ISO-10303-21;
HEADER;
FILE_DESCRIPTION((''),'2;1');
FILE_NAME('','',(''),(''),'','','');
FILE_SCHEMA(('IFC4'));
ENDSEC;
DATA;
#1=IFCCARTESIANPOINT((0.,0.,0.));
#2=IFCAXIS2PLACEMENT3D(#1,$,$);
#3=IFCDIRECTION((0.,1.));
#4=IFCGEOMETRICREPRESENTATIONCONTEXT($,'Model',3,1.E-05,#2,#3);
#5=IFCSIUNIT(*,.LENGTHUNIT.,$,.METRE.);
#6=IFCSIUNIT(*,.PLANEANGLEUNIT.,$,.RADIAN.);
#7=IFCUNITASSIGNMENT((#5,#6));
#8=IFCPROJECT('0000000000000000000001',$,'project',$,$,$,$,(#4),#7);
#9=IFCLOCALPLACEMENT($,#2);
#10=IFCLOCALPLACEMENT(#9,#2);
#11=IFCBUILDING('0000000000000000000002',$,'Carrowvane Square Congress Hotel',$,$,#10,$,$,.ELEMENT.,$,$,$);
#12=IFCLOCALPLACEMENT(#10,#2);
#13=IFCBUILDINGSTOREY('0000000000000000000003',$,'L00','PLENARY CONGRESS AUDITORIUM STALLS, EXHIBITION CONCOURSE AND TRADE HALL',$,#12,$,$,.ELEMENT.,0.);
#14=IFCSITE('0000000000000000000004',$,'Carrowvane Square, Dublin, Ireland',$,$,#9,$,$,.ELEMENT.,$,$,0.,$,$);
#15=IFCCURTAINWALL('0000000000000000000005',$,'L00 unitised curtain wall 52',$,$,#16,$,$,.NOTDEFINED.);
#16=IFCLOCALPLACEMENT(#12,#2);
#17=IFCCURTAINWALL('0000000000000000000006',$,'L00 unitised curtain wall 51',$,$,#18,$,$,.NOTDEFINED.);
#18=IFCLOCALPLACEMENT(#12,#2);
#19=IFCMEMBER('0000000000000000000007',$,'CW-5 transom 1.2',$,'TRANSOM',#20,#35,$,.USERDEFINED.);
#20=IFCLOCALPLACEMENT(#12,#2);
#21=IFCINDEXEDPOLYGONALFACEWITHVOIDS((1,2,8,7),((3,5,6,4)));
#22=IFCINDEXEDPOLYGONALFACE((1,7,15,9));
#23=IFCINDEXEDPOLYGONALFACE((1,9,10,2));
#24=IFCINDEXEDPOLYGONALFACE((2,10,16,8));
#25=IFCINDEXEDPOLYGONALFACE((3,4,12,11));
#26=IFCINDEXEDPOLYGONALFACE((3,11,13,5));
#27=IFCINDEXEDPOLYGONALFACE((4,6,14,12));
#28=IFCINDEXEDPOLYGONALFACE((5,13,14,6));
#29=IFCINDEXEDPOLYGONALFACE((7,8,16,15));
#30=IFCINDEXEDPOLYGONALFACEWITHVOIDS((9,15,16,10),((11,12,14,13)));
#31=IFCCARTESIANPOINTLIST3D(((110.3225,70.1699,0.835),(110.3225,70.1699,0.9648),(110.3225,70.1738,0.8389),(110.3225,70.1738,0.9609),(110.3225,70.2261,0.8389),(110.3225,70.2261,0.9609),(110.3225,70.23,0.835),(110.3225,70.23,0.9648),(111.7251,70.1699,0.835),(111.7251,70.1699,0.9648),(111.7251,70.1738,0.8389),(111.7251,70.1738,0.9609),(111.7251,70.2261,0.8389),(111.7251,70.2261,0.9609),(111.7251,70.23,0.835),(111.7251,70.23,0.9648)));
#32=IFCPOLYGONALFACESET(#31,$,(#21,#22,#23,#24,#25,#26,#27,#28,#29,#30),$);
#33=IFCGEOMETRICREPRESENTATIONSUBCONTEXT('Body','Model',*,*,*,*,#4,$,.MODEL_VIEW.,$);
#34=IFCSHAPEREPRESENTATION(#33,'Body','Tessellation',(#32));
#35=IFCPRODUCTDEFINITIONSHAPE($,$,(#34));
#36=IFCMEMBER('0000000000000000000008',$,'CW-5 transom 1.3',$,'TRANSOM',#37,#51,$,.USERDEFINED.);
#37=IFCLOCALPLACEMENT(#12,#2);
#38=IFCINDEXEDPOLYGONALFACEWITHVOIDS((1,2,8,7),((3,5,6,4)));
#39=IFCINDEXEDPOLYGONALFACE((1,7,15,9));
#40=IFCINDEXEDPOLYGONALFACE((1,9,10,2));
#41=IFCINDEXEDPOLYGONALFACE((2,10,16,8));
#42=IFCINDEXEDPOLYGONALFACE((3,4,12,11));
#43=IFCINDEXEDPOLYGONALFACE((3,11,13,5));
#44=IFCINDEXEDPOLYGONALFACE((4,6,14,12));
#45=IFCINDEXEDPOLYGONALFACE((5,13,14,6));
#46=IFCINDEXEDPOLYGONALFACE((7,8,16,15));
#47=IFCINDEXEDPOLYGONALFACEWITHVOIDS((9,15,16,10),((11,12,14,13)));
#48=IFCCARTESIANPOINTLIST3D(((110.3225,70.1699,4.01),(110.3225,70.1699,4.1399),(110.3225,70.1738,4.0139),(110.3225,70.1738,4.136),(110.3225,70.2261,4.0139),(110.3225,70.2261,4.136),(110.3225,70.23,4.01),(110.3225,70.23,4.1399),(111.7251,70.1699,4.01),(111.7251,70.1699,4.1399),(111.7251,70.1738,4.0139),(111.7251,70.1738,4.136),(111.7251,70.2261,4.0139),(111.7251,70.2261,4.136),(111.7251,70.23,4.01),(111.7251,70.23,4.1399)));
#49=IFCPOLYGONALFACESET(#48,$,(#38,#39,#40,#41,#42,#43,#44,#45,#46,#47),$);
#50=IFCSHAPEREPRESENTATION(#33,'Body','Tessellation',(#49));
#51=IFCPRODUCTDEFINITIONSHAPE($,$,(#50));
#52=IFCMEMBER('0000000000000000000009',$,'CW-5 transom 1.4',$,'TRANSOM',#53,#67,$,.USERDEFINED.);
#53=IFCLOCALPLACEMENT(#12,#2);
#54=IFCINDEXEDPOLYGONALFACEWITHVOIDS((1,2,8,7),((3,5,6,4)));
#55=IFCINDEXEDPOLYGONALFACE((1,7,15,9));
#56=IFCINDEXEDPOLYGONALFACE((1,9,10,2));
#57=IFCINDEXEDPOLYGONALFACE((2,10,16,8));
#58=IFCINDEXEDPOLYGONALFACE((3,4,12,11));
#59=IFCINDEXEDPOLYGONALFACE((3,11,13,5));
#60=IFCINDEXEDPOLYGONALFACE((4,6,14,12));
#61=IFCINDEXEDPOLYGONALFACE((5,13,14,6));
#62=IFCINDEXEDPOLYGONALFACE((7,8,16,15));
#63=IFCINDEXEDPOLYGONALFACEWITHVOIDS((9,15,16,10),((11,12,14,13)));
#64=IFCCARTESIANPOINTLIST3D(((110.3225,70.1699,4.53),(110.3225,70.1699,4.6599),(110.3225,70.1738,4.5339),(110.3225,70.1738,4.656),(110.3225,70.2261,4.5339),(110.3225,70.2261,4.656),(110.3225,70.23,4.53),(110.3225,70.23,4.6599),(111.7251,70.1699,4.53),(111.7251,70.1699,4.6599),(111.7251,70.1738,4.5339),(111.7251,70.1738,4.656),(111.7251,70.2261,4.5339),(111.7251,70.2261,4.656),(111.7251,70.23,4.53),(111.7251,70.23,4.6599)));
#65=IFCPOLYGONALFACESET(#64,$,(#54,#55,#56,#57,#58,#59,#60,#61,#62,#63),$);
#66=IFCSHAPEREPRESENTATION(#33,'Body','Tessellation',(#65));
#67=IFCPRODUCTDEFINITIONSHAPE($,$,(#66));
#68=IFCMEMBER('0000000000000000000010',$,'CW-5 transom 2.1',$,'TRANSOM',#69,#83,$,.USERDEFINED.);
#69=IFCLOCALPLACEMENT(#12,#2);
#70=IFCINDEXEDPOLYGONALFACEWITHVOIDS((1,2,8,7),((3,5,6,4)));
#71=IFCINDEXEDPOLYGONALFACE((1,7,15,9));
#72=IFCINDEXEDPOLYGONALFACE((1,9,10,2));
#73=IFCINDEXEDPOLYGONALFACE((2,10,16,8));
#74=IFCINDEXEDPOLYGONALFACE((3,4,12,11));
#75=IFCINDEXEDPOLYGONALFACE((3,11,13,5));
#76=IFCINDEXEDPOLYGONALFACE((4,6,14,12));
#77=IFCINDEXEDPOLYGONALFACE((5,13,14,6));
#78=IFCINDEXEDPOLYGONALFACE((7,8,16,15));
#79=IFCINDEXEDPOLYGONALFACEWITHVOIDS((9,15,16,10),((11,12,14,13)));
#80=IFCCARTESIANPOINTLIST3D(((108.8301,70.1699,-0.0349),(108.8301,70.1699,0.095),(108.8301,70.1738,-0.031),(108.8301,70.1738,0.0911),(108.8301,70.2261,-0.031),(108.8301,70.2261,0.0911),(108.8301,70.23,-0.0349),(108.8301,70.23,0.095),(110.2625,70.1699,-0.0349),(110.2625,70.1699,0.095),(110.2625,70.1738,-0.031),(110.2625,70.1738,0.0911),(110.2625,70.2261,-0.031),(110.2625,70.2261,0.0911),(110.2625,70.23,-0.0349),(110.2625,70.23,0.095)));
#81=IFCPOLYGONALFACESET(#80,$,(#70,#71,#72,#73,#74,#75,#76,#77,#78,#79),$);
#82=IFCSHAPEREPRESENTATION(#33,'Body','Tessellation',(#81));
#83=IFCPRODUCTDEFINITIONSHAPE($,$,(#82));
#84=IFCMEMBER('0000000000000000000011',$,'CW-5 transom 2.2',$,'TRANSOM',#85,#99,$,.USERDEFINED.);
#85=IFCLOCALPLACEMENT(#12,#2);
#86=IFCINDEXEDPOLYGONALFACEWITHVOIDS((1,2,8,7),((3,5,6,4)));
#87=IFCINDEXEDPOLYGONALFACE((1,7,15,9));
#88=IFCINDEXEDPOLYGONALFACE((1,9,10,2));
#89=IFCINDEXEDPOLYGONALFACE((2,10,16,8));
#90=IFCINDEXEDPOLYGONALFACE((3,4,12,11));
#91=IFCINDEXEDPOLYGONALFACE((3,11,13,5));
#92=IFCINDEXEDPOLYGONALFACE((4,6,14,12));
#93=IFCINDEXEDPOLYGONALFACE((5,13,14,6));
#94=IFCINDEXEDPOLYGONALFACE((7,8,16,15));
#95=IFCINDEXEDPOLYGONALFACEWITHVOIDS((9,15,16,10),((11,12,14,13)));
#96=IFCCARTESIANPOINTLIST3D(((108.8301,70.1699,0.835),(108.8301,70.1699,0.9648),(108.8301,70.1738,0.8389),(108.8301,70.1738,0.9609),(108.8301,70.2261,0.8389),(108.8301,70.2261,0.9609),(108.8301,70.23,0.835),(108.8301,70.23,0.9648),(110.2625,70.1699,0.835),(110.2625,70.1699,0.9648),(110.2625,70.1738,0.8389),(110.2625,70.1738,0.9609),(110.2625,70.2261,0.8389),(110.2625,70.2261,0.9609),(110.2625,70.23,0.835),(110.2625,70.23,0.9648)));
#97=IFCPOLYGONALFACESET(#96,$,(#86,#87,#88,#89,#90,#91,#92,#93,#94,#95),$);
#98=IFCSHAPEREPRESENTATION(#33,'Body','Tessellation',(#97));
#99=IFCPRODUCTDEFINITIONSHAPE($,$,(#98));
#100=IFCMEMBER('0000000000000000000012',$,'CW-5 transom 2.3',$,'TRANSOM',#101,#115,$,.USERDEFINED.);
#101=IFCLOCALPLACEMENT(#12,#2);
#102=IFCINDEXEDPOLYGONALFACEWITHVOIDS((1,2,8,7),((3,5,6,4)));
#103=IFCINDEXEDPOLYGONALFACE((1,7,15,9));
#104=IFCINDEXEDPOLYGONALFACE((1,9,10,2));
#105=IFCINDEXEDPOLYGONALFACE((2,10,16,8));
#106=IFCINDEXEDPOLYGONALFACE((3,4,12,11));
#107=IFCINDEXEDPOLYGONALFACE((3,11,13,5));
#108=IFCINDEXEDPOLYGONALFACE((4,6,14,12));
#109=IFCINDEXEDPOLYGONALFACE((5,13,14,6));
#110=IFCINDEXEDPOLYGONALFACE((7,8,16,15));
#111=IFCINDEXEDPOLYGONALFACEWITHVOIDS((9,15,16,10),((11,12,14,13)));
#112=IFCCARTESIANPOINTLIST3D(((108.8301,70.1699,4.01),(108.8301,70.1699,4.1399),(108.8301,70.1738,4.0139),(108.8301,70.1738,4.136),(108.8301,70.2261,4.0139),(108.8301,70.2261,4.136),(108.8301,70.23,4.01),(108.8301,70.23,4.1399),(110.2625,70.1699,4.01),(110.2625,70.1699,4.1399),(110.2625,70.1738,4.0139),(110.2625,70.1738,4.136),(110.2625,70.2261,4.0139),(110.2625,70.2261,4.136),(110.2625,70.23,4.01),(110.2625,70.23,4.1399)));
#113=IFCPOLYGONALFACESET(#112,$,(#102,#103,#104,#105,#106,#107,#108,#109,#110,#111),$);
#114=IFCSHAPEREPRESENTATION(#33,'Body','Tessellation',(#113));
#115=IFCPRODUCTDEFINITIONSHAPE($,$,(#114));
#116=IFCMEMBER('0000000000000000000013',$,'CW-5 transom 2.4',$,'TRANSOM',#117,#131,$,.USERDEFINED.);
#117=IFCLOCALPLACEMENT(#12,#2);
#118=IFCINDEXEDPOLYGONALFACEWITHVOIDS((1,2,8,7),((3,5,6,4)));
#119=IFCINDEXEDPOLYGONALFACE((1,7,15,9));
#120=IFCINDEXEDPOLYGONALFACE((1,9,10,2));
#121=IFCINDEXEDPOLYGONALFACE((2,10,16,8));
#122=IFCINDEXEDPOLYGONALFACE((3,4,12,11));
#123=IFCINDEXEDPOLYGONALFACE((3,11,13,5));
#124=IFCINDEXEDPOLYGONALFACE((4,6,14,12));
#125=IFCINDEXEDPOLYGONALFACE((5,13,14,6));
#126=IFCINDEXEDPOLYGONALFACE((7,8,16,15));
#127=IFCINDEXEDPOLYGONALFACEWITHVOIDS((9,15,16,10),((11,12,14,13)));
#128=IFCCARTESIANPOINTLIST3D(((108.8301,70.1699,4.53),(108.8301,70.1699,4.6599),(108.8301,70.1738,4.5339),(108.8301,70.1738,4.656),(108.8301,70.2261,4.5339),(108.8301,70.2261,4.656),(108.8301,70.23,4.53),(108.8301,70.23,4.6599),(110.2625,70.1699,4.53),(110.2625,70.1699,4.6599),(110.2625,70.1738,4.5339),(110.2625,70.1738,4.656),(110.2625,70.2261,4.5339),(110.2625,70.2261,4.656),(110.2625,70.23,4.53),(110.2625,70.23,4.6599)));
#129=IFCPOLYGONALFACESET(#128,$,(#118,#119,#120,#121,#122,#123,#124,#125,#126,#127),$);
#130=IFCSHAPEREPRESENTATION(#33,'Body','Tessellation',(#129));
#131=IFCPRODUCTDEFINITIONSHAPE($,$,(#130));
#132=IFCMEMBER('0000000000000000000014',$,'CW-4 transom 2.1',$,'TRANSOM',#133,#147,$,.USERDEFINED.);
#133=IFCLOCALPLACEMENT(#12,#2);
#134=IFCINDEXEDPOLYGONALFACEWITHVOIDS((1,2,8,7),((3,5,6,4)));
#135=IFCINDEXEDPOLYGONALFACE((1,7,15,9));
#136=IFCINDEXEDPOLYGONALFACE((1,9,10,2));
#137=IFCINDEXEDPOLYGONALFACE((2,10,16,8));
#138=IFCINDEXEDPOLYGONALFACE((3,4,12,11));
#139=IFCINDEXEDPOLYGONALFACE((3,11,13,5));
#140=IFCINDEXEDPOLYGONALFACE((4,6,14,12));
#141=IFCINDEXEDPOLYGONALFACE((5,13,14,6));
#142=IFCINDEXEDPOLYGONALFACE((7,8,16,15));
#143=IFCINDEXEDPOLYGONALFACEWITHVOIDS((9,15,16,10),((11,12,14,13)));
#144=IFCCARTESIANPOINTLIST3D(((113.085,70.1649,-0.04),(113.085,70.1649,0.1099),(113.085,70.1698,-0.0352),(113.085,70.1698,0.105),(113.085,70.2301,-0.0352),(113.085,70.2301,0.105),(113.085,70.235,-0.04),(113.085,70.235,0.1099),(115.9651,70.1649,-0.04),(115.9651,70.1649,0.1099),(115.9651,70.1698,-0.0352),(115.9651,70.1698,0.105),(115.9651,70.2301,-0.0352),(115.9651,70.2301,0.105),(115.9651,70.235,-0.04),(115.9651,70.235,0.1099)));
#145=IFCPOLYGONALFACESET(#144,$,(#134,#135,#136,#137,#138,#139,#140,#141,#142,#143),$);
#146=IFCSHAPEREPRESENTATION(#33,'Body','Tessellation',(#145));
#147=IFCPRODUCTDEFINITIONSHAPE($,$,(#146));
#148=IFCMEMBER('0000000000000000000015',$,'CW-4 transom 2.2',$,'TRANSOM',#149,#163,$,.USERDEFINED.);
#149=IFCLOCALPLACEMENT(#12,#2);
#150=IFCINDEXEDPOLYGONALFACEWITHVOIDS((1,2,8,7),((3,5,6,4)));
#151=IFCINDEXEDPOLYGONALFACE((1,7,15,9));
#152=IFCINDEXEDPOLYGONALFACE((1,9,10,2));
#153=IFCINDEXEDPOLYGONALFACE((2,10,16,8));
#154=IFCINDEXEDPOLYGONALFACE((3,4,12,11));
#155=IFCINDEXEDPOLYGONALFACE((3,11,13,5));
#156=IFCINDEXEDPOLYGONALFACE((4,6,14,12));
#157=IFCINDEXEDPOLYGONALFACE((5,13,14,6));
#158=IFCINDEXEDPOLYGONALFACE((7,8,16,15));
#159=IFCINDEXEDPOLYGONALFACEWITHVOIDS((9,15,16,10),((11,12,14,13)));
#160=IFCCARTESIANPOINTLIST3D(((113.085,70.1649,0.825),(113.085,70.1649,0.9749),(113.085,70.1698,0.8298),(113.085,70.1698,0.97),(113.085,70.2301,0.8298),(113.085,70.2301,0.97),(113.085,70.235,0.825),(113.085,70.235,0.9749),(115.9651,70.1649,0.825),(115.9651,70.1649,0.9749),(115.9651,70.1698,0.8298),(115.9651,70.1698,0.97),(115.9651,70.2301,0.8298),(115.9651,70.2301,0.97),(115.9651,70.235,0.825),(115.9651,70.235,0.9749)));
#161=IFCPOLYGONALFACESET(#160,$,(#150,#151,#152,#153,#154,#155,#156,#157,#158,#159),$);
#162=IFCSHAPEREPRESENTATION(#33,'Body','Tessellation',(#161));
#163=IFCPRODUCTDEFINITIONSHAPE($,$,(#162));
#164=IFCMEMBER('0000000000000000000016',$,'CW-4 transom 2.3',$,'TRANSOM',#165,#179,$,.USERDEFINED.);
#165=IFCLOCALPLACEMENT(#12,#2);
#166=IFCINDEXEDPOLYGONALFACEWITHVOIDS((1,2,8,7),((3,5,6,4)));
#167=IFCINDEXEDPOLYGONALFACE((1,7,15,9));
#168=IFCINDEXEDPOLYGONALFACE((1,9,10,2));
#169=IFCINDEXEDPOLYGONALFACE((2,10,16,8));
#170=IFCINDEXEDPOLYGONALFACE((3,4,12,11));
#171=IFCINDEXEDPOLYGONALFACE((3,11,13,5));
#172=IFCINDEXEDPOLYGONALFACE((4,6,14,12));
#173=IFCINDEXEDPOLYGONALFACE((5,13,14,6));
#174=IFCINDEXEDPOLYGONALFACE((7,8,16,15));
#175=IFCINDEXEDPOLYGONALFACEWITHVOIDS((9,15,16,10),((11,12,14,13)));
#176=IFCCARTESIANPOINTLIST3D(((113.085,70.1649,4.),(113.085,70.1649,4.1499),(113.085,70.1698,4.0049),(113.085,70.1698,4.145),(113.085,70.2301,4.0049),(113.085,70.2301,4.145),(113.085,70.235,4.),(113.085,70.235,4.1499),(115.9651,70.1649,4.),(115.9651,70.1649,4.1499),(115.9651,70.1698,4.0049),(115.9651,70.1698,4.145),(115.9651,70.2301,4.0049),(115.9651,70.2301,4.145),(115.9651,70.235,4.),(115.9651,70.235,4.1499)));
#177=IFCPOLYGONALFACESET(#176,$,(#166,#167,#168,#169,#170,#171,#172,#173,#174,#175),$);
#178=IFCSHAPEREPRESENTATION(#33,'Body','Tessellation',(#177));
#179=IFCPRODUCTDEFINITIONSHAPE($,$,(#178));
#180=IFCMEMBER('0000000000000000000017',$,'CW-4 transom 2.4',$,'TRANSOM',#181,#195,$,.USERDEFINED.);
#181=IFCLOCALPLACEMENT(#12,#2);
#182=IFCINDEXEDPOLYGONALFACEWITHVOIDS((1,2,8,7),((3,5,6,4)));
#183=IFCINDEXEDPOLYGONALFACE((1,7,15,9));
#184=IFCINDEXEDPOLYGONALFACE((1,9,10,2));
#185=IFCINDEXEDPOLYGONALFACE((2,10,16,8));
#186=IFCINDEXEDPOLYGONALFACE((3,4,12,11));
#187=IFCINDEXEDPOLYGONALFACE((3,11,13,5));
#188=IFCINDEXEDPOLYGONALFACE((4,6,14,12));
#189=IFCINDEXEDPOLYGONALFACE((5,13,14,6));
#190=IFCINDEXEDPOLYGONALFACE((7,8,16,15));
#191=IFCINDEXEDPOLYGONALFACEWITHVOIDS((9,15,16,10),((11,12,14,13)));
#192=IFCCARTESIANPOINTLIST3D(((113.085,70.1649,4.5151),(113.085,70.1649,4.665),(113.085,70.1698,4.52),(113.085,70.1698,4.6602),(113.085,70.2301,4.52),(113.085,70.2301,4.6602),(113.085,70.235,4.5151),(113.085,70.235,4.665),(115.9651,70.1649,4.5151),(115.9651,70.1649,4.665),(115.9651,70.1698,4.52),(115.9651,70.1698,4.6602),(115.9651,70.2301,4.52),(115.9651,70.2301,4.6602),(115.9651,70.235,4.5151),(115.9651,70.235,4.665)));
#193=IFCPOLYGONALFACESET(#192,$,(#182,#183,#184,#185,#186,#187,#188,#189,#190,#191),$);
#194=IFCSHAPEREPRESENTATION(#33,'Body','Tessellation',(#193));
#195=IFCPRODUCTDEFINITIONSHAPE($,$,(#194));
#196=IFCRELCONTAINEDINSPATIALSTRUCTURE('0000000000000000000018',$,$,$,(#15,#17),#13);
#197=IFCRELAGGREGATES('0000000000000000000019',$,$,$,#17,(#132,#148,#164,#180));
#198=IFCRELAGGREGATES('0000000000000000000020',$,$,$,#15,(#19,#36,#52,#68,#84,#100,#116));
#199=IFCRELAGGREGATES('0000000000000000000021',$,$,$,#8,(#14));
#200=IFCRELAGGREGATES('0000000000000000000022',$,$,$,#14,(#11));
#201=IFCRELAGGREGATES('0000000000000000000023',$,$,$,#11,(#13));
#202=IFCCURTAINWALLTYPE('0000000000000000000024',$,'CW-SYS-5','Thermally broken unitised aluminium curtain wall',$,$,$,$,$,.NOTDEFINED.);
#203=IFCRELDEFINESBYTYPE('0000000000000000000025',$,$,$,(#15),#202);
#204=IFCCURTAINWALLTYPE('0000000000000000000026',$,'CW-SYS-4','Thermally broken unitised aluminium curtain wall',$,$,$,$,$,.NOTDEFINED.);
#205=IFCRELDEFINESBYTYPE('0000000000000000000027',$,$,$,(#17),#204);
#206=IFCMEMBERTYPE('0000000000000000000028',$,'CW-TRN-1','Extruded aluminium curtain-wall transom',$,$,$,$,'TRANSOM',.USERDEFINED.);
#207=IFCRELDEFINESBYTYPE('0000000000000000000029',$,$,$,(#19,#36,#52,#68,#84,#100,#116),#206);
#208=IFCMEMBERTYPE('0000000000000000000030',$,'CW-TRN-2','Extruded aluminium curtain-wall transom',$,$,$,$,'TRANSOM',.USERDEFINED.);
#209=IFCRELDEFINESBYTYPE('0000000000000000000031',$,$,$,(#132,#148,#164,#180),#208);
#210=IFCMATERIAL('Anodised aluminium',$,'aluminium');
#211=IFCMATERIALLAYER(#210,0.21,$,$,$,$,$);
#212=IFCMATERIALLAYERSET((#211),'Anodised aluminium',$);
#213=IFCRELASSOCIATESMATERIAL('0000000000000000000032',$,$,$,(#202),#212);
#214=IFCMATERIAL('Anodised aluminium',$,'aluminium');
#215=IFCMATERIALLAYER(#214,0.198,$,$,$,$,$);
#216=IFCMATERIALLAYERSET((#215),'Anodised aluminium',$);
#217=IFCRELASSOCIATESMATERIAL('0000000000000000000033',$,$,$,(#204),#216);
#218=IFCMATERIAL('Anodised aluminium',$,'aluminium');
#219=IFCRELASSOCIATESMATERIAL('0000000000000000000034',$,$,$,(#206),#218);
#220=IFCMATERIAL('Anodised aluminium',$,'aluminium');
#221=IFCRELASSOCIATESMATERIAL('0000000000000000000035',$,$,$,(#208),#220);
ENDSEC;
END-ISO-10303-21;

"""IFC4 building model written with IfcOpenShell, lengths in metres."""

from ifc_helpers import new_model, si_unit, direction, frame, origin, origin_2d, place, context, subcontext, project, spatial, hollow_rectangle, extrude, material, layer, layer_set, material_profile, profile_set, type_object, element, aggregate, save


model = new_model("IFC4")

# Units and contexts
model_context = context("Model", 3, precision=1e-05, world=origin(), true_north=direction((0.0, 1.0)))
body_context = subcontext(model_context, "Body", "Model", "MODEL_VIEW")
ifc_project = project(units=[si_unit("LENGTHUNIT", "METRE"), si_unit("PLANEANGLEUNIT", "RADIAN")], contexts=[model_context])

# Site, building, storey
site_placement = place(None, origin())
site = spatial("IfcSite", under=ifc_project, at=site_placement, Name="Carrowvane Square, Dublin, Ireland", CompositionType="ELEMENT", RefElevation=0.0)
building_placement = place(site_placement, origin())
building = spatial("IfcBuilding", under=site, at=building_placement, Name="Carrowvane Square Congress Hotel", CompositionType="ELEMENT")
storey_placement = place(building_placement, origin())
storey = spatial("IfcBuildingStorey", under=building, at=storey_placement, Name="L00", Description="PLENARY CONGRESS AUDITORIUM STALLS, EXHIBITION CONCOURSE AND TRADE HALL", CompositionType="ELEMENT", Elevation=0.0)

# Curtain walls
ifc_material_1 = material(Name="Anodised aluminium", Category="aluminium")
ifc_layer_1 = layer(ifc_material_1, 0.21)
ifc_layer_set_1 = layer_set([ifc_layer_1], Name="Anodised aluminium")
curtain_wall_type_1 = type_object("IfcCurtainWallType", Name="CW-SYS-5", Description="Thermally broken unitised aluminium curtain wall", PredefinedType="NOTDEFINED", material=ifc_layer_set_1)
curtain_wall_1_placement = place(storey_placement, origin())
curtain_wall_1 = element("IfcCurtainWall", 1, at=curtain_wall_1_placement, inside=storey, type_object=curtain_wall_type_1, Name="L00 unitised curtain wall 52", PredefinedType="NOTDEFINED")
ifc_material_2 = material(Name="Anodised aluminium", Category="aluminium")
ifc_layer_2 = layer(ifc_material_2, 0.198)
ifc_layer_set_2 = layer_set([ifc_layer_2], Name="Anodised aluminium")
curtain_wall_type_2 = type_object("IfcCurtainWallType", Name="CW-SYS-4", Description="Thermally broken unitised aluminium curtain wall", PredefinedType="NOTDEFINED", material=ifc_layer_set_2)
curtain_wall_2_placement = place(storey_placement, origin())
curtain_wall_2 = element("IfcCurtainWall", 2, at=curtain_wall_2_placement, inside=storey, type_object=curtain_wall_type_2, Name="L00 unitised curtain wall 51", PredefinedType="NOTDEFINED")

# Members
ifc_material_3 = material(Name="Anodised aluminium", Category="aluminium")
ifc_material_profile_1 = material_profile(ifc_material_3, hollow_rectangle(XDim=0.0601, YDim=0.1299, WallThickness=0.0039, at=origin_2d()), Name="CW-TR 60x130x4")
ifc_profile_set_1 = profile_set([ifc_material_profile_1], Name="Anodised aluminium")
member_type_1 = type_object("IfcMemberType", Name="CW-TRN-1", Description="Extruded aluminium curtain-wall transom", ElementType="TRANSOM", PredefinedType="USERDEFINED", material=ifc_profile_set_1)
member_1_placement = place(storey_placement, frame((111.7251, 70.2, 0.8999), z_axis=(-1.0, 0.0, 0.0), x_axis=(0.0, -1.0, 0.0)))
member_1 = element("IfcMember", 3, at=member_1_placement, type_object=member_type_1, Name="CW-5 transom 1.2", ObjectType="TRANSOM", PredefinedType="USERDEFINED", context=body_context, shape_type="SweptSolid", body=[
    extrude(hollow_rectangle(XDim=0.0601, YDim=0.1299, WallThickness=0.0039, at=origin_2d()), origin(), (0.0, 0.0, 1.0), 1.4026),
])
member_2_placement = place(storey_placement, frame((111.7251, 70.2, 4.075), z_axis=(-1.0, 0.0, 0.0), x_axis=(0.0, -1.0, 0.0)))
member_2 = element("IfcMember", 4, at=member_2_placement, type_object=member_type_1, Name="CW-5 transom 1.3", ObjectType="TRANSOM", PredefinedType="USERDEFINED", context=body_context, shape_type="SweptSolid", body=[
    extrude(hollow_rectangle(XDim=0.0601, YDim=0.1299, WallThickness=0.0039, at=origin_2d()), origin(), (0.0, 0.0, 1.0), 1.4026),
])
member_3_placement = place(storey_placement, frame((111.7251, 70.2, 4.595), z_axis=(-1.0, 0.0, 0.0), x_axis=(0.0, -1.0, 0.0)))
member_3 = element("IfcMember", 5, at=member_3_placement, type_object=member_type_1, Name="CW-5 transom 1.4", ObjectType="TRANSOM", PredefinedType="USERDEFINED", context=body_context, shape_type="SweptSolid", body=[
    extrude(hollow_rectangle(XDim=0.0601, YDim=0.1299, WallThickness=0.0039, at=origin_2d()), origin(), (0.0, 0.0, 1.0), 1.4026),
])
member_4_placement = place(storey_placement, frame((110.2625, 70.2, 0.03), z_axis=(-1.0, 0.0, 0.0), x_axis=(0.0, -1.0, 0.0)))
member_4 = element("IfcMember", 6, at=member_4_placement, type_object=member_type_1, Name="CW-5 transom 2.1", ObjectType="TRANSOM", PredefinedType="USERDEFINED", context=body_context, shape_type="SweptSolid", body=[
    extrude(hollow_rectangle(XDim=0.0601, YDim=0.1299, WallThickness=0.0039, at=origin_2d()), origin(), (0.0, 0.0, 1.0), 1.4324),
])
member_5_placement = place(storey_placement, frame((110.2625, 70.2, 0.8999), z_axis=(-1.0, 0.0, 0.0), x_axis=(0.0, -1.0, 0.0)))
member_5 = element("IfcMember", 7, at=member_5_placement, type_object=member_type_1, Name="CW-5 transom 2.2", ObjectType="TRANSOM", PredefinedType="USERDEFINED", context=body_context, shape_type="SweptSolid", body=[
    extrude(hollow_rectangle(XDim=0.0601, YDim=0.1299, WallThickness=0.0039, at=origin_2d()), origin(), (0.0, 0.0, 1.0), 1.4324),
])
member_6_placement = place(storey_placement, frame((110.2625, 70.2, 4.075), z_axis=(-1.0, 0.0, 0.0), x_axis=(0.0, -1.0, 0.0)))
member_6 = element("IfcMember", 8, at=member_6_placement, type_object=member_type_1, Name="CW-5 transom 2.3", ObjectType="TRANSOM", PredefinedType="USERDEFINED", context=body_context, shape_type="SweptSolid", body=[
    extrude(hollow_rectangle(XDim=0.0601, YDim=0.1299, WallThickness=0.0039, at=origin_2d()), origin(), (0.0, 0.0, 1.0), 1.4324),
])
member_7_placement = place(storey_placement, frame((110.2625, 70.2, 4.595), z_axis=(-1.0, 0.0, 0.0), x_axis=(0.0, -1.0, 0.0)))
member_7 = element("IfcMember", 9, at=member_7_placement, type_object=member_type_1, Name="CW-5 transom 2.4", ObjectType="TRANSOM", PredefinedType="USERDEFINED", context=body_context, shape_type="SweptSolid", body=[
    extrude(hollow_rectangle(XDim=0.0601, YDim=0.1299, WallThickness=0.0039, at=origin_2d()), origin(), (0.0, 0.0, 1.0), 1.4324),
])
ifc_material_4 = material(Name="Anodised aluminium", Category="aluminium")
ifc_material_profile_2 = material_profile(ifc_material_4, hollow_rectangle(XDim=0.0701, YDim=0.1499, WallThickness=0.0049, at=origin_2d()), Name="CW-TR 70x150x5")
ifc_profile_set_2 = profile_set([ifc_material_profile_2], Name="Anodised aluminium")
member_type_2 = type_object("IfcMemberType", Name="CW-TRN-2", Description="Extruded aluminium curtain-wall transom", ElementType="TRANSOM", PredefinedType="USERDEFINED", material=ifc_profile_set_2)
member_8_placement = place(storey_placement, frame((115.9651, 70.2, 0.0349), z_axis=(-1.0, 0.0, 0.0), x_axis=(0.0, -1.0, 0.0)))
member_8 = element("IfcMember", 10, at=member_8_placement, type_object=member_type_2, Name="CW-4 transom 2.1", ObjectType="TRANSOM", PredefinedType="USERDEFINED", context=body_context, shape_type="SweptSolid", body=[
    extrude(hollow_rectangle(XDim=0.0701, YDim=0.1499, WallThickness=0.0049, at=origin_2d()), origin(), (0.0, 0.0, 1.0), 2.8801),
])
member_9_placement = place(storey_placement, frame((115.9651, 70.2, 0.8999), z_axis=(-1.0, 0.0, 0.0), x_axis=(0.0, -1.0, 0.0)))
member_9 = element("IfcMember", 11, at=member_9_placement, type_object=member_type_2, Name="CW-4 transom 2.2", ObjectType="TRANSOM", PredefinedType="USERDEFINED", context=body_context, shape_type="SweptSolid", body=[
    extrude(hollow_rectangle(XDim=0.0701, YDim=0.1499, WallThickness=0.0049, at=origin_2d()), origin(), (0.0, 0.0, 1.0), 2.8801),
])
member_10_placement = place(storey_placement, frame((115.9651, 70.2, 4.075), z_axis=(-1.0, 0.0, 0.0), x_axis=(0.0, -1.0, 0.0)))
member_10 = element("IfcMember", 12, at=member_10_placement, type_object=member_type_2, Name="CW-4 transom 2.3", ObjectType="TRANSOM", PredefinedType="USERDEFINED", context=body_context, shape_type="SweptSolid", body=[
    extrude(hollow_rectangle(XDim=0.0701, YDim=0.1499, WallThickness=0.0049, at=origin_2d()), origin(), (0.0, 0.0, 1.0), 2.8801),
])
member_11_placement = place(storey_placement, frame((115.9651, 70.2, 4.5901), z_axis=(-1.0, 0.0, 0.0), x_axis=(0.0, -1.0, 0.0)))
member_11 = element("IfcMember", 13, at=member_11_placement, type_object=member_type_2, Name="CW-4 transom 2.4", ObjectType="TRANSOM", PredefinedType="USERDEFINED", context=body_context, shape_type="SweptSolid", body=[
    extrude(hollow_rectangle(XDim=0.0701, YDim=0.1499, WallThickness=0.0049, at=origin_2d()), origin(), (0.0, 0.0, 1.0), 2.8801),
])

aggregate(curtain_wall_2, [member_8, member_9, member_10, member_11])
aggregate(curtain_wall_1, [member_1, member_2, member_3, member_4, member_5, member_6, member_7])

save(model, "model.ifc")
